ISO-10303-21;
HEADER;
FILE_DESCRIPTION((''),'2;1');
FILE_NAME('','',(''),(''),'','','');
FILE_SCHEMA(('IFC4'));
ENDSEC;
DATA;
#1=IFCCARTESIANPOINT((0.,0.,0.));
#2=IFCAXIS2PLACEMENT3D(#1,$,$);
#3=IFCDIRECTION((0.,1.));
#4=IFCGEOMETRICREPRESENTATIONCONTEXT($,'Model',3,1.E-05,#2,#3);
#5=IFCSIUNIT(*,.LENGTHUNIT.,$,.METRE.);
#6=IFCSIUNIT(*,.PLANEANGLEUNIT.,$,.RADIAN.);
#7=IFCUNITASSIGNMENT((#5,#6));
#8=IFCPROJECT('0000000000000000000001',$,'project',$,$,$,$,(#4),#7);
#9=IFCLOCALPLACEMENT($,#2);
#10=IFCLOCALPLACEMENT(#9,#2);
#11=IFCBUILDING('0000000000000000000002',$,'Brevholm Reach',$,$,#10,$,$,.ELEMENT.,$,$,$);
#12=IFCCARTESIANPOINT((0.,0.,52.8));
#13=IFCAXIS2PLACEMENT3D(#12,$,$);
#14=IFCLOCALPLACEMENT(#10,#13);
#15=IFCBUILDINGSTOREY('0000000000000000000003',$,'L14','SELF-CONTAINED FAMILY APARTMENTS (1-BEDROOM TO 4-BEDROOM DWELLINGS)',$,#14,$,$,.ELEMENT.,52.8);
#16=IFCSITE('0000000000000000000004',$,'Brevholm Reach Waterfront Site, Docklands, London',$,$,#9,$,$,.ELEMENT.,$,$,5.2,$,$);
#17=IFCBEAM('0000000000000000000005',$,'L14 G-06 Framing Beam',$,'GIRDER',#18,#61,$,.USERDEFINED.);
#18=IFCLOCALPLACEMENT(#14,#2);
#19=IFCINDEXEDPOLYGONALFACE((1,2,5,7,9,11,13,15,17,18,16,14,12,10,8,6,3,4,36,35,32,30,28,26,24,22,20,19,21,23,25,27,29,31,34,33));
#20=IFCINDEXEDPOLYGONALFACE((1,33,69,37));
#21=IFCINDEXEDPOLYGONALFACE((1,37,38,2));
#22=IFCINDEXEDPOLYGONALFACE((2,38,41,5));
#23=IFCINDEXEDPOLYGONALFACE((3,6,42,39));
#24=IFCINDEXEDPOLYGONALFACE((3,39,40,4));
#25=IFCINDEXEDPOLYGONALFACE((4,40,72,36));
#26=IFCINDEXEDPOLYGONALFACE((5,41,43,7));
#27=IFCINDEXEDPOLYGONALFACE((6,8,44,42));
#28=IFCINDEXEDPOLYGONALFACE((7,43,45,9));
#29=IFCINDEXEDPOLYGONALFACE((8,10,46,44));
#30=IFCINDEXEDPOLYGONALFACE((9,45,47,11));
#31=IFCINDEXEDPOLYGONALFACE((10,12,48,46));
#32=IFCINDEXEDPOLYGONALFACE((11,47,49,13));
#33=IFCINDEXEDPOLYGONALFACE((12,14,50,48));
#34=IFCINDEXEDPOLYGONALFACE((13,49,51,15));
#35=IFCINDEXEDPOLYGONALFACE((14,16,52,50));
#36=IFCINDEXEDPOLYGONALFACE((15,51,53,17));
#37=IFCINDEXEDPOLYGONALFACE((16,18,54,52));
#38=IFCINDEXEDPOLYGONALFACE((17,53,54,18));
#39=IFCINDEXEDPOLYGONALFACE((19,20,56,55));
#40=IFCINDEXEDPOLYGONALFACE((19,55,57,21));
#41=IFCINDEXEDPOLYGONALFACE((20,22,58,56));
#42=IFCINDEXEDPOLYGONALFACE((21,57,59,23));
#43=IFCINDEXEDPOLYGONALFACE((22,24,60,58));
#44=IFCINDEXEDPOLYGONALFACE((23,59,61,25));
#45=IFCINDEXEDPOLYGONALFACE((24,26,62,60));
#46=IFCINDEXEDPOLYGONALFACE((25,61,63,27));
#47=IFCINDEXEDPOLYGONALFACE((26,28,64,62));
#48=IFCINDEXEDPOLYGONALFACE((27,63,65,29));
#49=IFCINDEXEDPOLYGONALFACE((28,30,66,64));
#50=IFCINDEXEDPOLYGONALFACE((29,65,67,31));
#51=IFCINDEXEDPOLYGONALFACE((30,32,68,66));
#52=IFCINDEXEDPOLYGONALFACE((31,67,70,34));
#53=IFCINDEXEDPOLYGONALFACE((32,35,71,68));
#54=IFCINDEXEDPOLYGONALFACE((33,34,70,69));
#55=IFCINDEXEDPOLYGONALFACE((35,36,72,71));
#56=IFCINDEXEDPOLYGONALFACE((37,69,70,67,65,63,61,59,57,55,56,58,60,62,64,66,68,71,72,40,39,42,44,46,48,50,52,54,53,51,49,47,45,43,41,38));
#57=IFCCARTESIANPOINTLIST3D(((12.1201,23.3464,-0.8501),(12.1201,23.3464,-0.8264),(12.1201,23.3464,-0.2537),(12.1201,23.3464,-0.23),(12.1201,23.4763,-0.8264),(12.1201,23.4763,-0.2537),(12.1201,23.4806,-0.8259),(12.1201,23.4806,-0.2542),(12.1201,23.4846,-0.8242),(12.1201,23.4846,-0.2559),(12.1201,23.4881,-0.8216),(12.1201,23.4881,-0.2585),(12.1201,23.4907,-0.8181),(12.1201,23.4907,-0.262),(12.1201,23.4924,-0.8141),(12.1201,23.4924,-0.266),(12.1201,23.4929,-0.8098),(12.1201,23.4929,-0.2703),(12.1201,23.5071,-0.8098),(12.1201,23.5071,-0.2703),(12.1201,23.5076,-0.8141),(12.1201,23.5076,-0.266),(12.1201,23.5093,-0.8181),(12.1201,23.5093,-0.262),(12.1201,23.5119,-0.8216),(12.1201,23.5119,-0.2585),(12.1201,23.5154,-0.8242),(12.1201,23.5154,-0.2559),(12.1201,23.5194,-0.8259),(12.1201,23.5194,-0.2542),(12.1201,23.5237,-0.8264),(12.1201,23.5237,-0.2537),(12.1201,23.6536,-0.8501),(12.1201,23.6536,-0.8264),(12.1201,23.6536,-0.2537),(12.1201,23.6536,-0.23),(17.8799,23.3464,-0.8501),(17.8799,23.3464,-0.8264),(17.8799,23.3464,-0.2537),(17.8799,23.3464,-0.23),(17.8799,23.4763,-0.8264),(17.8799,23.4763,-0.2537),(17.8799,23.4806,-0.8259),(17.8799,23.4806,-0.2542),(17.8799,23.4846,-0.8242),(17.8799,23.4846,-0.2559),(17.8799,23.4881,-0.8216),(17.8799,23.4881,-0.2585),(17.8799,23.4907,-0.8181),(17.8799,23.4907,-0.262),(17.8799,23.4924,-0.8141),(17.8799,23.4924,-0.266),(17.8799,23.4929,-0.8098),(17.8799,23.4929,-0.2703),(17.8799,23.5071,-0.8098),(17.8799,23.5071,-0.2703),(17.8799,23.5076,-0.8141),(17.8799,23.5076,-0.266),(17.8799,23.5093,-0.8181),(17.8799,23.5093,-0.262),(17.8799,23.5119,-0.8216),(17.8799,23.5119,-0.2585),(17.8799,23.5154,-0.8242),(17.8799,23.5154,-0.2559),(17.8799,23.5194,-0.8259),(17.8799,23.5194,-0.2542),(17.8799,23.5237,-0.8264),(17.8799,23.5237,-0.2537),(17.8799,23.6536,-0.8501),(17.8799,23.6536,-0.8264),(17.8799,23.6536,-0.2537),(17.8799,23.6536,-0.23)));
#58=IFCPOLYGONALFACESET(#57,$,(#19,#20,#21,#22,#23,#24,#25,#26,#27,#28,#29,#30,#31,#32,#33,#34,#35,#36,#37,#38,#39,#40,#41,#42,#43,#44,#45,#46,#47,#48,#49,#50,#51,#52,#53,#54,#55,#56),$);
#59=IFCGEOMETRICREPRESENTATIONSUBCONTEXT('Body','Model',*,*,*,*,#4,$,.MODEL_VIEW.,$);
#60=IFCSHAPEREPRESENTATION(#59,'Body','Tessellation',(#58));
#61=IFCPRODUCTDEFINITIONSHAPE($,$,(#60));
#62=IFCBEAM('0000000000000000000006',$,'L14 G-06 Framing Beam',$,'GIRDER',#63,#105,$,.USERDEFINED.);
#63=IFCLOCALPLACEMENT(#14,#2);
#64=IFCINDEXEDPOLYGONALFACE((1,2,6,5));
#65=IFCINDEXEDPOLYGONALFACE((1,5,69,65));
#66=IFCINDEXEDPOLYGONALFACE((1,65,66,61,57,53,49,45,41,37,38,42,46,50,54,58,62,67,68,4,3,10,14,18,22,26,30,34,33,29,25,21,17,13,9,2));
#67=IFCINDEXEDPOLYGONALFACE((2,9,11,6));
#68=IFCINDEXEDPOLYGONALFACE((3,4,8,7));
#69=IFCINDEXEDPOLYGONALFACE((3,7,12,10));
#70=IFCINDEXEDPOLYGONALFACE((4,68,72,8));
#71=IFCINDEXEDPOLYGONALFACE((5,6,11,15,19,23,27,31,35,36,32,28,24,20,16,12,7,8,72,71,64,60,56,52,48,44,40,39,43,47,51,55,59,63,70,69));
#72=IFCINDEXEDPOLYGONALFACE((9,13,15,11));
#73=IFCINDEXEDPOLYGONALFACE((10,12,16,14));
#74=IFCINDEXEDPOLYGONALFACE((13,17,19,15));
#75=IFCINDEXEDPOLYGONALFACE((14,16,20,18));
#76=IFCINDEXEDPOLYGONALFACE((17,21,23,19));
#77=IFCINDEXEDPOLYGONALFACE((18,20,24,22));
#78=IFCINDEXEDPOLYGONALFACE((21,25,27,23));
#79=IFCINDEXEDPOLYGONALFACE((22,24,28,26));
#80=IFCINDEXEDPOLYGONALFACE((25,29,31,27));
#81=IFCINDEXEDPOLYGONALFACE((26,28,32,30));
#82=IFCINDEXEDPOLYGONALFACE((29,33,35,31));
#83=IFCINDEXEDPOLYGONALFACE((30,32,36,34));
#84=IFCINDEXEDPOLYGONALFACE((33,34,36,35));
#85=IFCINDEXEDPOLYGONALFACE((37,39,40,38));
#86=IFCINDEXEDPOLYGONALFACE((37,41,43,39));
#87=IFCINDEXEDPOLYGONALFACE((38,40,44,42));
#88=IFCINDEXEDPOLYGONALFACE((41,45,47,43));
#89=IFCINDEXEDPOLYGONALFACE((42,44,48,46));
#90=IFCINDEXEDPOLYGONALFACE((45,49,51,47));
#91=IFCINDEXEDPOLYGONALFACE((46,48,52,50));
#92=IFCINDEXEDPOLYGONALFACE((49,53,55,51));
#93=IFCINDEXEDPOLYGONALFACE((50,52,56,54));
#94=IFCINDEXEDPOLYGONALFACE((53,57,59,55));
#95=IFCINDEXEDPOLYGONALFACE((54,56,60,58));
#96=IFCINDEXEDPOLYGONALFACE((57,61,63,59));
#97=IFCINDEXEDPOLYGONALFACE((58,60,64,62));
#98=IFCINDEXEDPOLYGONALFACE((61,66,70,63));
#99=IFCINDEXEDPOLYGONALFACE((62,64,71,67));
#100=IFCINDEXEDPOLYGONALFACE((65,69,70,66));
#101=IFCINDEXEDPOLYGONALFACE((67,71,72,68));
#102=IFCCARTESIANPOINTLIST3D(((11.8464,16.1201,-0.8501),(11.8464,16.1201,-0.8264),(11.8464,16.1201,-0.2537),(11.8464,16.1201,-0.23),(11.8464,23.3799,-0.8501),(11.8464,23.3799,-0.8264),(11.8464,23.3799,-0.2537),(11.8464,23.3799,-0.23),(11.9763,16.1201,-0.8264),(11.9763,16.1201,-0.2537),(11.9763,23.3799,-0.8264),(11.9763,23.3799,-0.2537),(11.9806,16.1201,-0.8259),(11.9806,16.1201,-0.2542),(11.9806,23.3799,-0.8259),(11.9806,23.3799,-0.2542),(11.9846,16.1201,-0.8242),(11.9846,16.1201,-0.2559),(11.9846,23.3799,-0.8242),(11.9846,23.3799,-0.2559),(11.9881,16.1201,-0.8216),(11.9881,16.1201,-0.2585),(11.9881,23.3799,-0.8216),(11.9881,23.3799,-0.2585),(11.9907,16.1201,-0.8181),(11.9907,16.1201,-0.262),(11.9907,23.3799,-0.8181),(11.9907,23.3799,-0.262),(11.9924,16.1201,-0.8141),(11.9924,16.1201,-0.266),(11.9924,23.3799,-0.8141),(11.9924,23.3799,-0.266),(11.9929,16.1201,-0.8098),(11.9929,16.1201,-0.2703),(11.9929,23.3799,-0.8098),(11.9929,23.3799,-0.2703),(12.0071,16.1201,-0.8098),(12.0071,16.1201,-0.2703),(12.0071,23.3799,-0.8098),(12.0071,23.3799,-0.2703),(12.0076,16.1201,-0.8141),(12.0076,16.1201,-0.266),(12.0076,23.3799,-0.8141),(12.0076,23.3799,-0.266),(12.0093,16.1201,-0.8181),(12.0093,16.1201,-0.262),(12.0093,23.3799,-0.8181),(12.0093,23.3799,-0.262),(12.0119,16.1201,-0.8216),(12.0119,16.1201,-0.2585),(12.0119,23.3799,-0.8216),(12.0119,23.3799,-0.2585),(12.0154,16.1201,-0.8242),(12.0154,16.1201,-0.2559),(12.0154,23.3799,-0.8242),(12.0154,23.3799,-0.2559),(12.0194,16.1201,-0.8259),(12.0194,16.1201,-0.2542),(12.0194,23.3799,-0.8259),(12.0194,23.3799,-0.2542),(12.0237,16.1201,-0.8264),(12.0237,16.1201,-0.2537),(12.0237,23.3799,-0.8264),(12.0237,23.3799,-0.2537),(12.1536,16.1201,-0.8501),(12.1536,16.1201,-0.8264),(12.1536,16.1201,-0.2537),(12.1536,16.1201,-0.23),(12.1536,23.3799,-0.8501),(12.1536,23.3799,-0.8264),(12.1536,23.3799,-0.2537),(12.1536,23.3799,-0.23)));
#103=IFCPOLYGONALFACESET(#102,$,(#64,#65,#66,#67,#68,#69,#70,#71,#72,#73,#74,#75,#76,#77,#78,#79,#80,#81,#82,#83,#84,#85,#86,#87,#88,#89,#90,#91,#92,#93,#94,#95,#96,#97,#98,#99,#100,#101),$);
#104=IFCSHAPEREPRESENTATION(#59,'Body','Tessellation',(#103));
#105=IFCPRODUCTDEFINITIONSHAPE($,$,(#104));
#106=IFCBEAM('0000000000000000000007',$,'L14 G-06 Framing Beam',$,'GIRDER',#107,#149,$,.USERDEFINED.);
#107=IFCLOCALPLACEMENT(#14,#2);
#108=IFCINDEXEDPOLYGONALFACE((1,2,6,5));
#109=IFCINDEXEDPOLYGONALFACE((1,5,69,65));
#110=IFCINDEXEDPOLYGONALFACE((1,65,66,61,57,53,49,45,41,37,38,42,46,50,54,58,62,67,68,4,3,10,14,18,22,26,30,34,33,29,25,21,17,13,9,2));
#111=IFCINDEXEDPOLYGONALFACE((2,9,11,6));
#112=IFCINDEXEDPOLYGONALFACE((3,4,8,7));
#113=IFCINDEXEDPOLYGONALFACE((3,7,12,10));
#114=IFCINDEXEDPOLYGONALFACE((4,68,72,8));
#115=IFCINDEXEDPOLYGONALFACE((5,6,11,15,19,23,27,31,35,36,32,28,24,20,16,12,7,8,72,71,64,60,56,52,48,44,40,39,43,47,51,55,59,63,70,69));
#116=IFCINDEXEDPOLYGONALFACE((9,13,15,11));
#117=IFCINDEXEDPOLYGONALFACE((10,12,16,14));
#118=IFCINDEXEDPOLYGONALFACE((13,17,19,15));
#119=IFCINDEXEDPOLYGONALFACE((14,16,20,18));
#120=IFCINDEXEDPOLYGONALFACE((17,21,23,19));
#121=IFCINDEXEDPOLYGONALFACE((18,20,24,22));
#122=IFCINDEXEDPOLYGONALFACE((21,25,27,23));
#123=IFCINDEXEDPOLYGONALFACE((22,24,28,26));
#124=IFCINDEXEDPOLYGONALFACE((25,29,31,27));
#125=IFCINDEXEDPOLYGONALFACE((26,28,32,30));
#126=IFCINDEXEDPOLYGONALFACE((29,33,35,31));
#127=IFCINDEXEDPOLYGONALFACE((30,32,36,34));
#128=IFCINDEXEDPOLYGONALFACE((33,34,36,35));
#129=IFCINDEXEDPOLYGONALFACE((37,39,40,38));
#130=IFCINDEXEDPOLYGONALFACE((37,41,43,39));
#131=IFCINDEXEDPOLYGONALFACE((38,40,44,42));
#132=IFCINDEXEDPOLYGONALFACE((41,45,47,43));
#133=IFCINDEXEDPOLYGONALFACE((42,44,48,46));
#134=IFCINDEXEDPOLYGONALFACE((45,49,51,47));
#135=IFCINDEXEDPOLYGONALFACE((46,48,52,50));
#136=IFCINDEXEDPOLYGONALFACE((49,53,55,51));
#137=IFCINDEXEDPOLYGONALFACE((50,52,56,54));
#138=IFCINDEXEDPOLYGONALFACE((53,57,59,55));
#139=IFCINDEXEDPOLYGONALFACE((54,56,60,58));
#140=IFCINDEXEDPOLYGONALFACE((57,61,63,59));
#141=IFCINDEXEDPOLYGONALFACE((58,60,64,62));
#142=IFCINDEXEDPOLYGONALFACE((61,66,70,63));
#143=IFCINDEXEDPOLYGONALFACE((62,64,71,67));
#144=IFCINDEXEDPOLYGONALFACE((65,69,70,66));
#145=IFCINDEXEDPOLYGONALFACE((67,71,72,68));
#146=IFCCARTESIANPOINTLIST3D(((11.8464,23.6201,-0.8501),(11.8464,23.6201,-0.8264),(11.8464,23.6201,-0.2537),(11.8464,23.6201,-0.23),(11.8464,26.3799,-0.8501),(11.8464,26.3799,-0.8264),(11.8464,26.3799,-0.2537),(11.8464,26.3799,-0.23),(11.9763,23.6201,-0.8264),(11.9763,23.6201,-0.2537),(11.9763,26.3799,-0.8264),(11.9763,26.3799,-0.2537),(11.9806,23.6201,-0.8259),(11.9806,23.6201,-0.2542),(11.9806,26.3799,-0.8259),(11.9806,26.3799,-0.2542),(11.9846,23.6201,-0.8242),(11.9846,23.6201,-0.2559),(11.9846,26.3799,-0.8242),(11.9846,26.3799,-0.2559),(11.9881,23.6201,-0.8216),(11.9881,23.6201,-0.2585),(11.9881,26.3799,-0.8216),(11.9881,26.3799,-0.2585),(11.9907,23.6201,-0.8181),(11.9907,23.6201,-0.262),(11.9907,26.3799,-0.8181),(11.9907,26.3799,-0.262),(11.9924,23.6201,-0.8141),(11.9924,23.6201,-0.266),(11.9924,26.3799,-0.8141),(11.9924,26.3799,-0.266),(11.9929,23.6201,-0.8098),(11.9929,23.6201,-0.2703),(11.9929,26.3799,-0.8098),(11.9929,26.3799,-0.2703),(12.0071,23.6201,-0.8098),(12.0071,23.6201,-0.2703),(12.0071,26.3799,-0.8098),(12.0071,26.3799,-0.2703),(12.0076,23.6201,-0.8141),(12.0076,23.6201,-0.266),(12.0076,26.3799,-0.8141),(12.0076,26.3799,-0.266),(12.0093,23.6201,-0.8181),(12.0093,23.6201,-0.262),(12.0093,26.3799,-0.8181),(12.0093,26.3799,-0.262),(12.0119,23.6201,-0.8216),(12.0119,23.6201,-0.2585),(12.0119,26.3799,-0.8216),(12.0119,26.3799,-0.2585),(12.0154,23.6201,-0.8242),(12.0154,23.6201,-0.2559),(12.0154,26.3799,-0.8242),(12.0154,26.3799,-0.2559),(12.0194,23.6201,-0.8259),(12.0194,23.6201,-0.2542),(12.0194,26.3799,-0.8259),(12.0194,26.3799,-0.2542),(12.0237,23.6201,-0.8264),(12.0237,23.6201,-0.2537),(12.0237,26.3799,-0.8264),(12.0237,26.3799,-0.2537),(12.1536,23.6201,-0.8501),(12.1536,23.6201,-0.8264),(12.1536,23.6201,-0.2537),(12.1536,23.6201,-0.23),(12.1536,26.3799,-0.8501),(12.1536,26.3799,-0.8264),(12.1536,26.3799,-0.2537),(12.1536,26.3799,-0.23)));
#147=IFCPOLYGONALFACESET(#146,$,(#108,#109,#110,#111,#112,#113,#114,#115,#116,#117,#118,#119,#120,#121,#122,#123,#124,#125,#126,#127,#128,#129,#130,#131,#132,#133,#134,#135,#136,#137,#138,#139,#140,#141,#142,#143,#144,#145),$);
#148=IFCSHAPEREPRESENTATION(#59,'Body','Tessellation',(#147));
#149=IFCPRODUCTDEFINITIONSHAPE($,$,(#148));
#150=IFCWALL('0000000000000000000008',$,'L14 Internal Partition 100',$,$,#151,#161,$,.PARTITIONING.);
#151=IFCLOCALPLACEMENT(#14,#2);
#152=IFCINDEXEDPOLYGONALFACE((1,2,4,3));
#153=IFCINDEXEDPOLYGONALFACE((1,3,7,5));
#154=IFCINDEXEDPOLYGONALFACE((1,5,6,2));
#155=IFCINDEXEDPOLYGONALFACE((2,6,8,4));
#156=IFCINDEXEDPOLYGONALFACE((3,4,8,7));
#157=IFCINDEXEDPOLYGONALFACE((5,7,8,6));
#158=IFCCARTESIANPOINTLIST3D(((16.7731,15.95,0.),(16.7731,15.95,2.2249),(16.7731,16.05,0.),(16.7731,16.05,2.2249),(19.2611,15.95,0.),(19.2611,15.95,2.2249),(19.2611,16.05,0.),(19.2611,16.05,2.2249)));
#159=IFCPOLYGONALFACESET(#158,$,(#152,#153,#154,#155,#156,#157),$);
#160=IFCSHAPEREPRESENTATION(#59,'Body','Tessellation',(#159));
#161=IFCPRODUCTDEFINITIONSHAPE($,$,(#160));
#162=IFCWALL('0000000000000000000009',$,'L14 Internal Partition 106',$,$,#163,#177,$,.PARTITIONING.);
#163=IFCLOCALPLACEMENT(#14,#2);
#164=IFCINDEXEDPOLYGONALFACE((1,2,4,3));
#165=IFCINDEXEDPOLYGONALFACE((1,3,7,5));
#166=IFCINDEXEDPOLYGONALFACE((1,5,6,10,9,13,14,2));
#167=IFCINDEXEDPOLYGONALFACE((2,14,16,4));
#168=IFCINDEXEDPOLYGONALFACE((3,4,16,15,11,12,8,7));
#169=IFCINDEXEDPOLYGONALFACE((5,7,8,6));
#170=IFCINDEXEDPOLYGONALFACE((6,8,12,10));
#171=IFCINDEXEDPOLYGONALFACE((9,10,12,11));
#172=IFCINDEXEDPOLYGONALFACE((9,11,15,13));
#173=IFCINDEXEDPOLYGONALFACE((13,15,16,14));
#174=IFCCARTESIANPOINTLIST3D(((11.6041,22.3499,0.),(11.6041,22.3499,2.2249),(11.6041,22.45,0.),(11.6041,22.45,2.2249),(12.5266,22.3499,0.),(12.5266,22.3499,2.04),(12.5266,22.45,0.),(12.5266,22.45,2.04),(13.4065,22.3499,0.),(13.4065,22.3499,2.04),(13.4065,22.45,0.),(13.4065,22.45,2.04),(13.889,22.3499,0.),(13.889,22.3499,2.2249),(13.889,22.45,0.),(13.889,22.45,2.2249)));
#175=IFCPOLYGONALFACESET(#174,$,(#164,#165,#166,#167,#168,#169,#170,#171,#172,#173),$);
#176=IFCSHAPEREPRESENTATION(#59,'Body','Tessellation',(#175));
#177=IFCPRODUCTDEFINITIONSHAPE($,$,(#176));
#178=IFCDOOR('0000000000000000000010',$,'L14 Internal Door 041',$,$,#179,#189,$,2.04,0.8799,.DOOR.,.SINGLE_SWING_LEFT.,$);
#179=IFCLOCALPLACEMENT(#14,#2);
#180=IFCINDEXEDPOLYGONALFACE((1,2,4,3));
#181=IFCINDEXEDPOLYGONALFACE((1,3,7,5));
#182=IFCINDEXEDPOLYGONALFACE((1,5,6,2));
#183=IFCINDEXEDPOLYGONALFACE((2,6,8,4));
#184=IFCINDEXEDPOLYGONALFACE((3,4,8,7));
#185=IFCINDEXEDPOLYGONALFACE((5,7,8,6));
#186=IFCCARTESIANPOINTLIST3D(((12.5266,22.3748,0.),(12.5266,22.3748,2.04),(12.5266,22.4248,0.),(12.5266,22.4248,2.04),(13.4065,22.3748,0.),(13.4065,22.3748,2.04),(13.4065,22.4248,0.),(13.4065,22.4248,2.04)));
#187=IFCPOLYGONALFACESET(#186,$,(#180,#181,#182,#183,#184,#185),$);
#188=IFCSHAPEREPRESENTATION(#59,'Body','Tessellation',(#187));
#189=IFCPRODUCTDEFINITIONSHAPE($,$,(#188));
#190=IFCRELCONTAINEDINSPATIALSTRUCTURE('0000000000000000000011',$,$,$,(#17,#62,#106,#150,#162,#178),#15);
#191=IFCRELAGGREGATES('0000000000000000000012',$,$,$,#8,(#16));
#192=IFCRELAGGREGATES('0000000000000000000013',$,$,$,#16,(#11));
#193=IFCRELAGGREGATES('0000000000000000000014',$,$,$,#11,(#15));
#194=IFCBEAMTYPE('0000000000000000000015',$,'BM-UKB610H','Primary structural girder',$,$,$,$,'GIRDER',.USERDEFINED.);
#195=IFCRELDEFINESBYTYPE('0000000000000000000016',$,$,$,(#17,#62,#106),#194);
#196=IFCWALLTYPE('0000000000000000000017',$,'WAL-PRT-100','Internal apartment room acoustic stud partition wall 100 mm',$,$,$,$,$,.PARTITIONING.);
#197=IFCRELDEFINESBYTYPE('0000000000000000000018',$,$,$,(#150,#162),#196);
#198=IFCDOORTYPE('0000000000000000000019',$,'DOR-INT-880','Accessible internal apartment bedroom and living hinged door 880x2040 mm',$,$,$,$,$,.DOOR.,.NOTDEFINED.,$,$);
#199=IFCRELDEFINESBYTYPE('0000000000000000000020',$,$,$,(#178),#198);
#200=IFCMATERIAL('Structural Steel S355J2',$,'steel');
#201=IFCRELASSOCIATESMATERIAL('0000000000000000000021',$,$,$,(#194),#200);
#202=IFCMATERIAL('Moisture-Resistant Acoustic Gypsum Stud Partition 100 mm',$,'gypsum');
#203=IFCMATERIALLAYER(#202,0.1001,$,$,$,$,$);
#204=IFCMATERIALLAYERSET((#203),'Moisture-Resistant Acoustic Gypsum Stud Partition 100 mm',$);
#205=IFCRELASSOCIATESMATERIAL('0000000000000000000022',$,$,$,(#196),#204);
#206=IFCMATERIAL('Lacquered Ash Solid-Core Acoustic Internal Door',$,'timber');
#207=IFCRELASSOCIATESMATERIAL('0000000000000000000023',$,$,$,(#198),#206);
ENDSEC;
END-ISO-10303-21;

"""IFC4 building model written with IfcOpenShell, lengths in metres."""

from ifc_helpers import new_model, si_unit, direction, frame, frame_2d, origin, origin_2d, place, context, subcontext, project, spatial, rectangle, i_section, extrude, material, layer, layer_set, material_profile, profile_set, type_object, element, fill, save


model = new_model("IFC4")

# Units and contexts
model_context = context("Model", 3, precision=1e-05, world=origin(), true_north=direction((0.0, 1.0)))
body_context = subcontext(model_context, "Body", "Model", "MODEL_VIEW")
ifc_project = project(units=[si_unit("LENGTHUNIT", "METRE"), si_unit("PLANEANGLEUNIT", "RADIAN")], contexts=[model_context])

# Site, building, storey
site_placement = place(None, origin())
site = spatial("IfcSite", under=ifc_project, at=site_placement, Name="Brevholm Reach Waterfront Site, Docklands, London", CompositionType="ELEMENT", RefElevation=5.2)
building_placement = place(site_placement, origin())
building = spatial("IfcBuilding", under=site, at=building_placement, Name="Brevholm Reach", CompositionType="ELEMENT")
storey_placement = place(building_placement, frame((0.0, 0.0, 52.8)))
storey = spatial("IfcBuildingStorey", under=building, at=storey_placement, Name="L14", Description="SELF-CONTAINED FAMILY APARTMENTS (1-BEDROOM TO 4-BEDROOM DWELLINGS)", CompositionType="ELEMENT", Elevation=52.8)

# Beams
ifc_material_1 = material(Name="Structural Steel S355J2", Category="steel")
ifc_material_profile_1 = material_profile(ifc_material_1, i_section(OverallWidth=0.3071, OverallDepth=0.6201, WebThickness=0.0142, FlangeThickness=0.0237, FilletRadius=0.0166, at=origin_2d()), Name="UKB 610x305x179")
ifc_profile_set_1 = profile_set([ifc_material_profile_1], Name="Structural Steel S355J2")
beam_type_1 = type_object("IfcBeamType", Name="BM-UKB610H", Description="Primary structural girder", ElementType="GIRDER", PredefinedType="USERDEFINED", material=ifc_profile_set_1)
for number, where, z_axis, x_axis, name in (
    (1, (12.1201, 23.5, -0.54), (1.0, 0.0, 0.0), (0.0, 1.0, 0.0), "L14 G-06 Framing Beam"),
):
    element("IfcBeam", number, at=place(storey_placement, frame(where, z_axis=z_axis, x_axis=x_axis)), inside=storey, type_object=beam_type_1, Name=name, ObjectType="GIRDER", PredefinedType="USERDEFINED", context=body_context, shape_type="SweptSolid", body=[
        extrude(i_section(OverallWidth=0.3071, OverallDepth=0.6201, WebThickness=0.0142, FlangeThickness=0.0237, FilletRadius=0.0166, at=origin_2d()), origin(), (0.0, 0.0, 1.0), 5.7598),
    ])
beam_1_placement = place(storey_placement, frame((12.0, 16.1201, -0.54), z_axis=(0.0, 1.0, 0.0), x_axis=(-1.0, 0.0, 0.0)))
element("IfcBeam", 2, at=beam_1_placement, inside=storey, type_object=beam_type_1, Name="L14 G-06 Framing Beam", ObjectType="GIRDER", PredefinedType="USERDEFINED", context=body_context, shape_type="SweptSolid", body=[
    extrude(i_section(OverallWidth=0.3071, OverallDepth=0.6201, WebThickness=0.0142, FlangeThickness=0.0237, FilletRadius=0.0166, at=origin_2d()), origin(), (0.0, 0.0, 1.0), 7.2598),
])
beam_2_placement = place(storey_placement, frame((12.0, 23.6201, -0.54), z_axis=(0.0, 1.0, 0.0), x_axis=(-1.0, 0.0, 0.0)))
element("IfcBeam", 3, at=beam_2_placement, inside=storey, type_object=beam_type_1, Name="L14 G-06 Framing Beam", ObjectType="GIRDER", PredefinedType="USERDEFINED", context=body_context, shape_type="SweptSolid", body=[
    extrude(i_section(OverallWidth=0.3071, OverallDepth=0.6201, WebThickness=0.0142, FlangeThickness=0.0237, FilletRadius=0.0166, at=origin_2d()), origin(), (0.0, 0.0, 1.0), 2.7598),
])

# Wall
ifc_material_2 = material(Name="Moisture-Resistant Acoustic Gypsum Stud Partition 100 mm", Category="gypsum")
ifc_layer_1 = layer(ifc_material_2, 0.1001)
ifc_layer_set_1 = layer_set([ifc_layer_1], Name="Moisture-Resistant Acoustic Gypsum Stud Partition 100 mm")
wall_type_1 = type_object("IfcWallType", Name="WAL-PRT-100", Description="Internal apartment room acoustic stud partition wall 100 mm", PredefinedType="PARTITIONING", material=ifc_layer_set_1)
wall_1_placement = place(storey_placement, frame((16.7729, 16.0, 0.0), z_axis=(0.0, 0.0, 1.0), x_axis=(1.0, 0.0, 0.0)))
element("IfcWall", 4, at=wall_1_placement, inside=storey, type_object=wall_type_1, Name="L14 Internal Partition 100", PredefinedType="PARTITIONING", context=body_context, shape_type="SweptSolid", body=[
    extrude(rectangle(XDim=2.488, YDim=0.1001, at=frame_2d((1.2441, 0.0))), origin(), (0.0, 0.0, 1.0), 2.2249),
])

# Wall, opening, door
wall_2_placement = place(storey_placement, frame((11.604, 22.3999, 0.0), z_axis=(0.0, 0.0, 1.0), x_axis=(1.0, 0.0, 0.0)))
wall_2 = element("IfcWall", 5, at=wall_2_placement, inside=storey, type_object=wall_type_1, Name="L14 Internal Partition 106", PredefinedType="PARTITIONING", context=body_context, shape_type="SweptSolid", body=[
    extrude(rectangle(XDim=2.2849, YDim=0.1001, at=frame_2d((1.1426, 0.0))), origin(), (0.0, 0.0, 1.0), 2.2249),
])
opening_1_placement = place(wall_2_placement, frame((0.9226, 0.0, 0.0)))
opening_1 = element("IfcOpeningElement", 6, at=opening_1_placement, cuts=wall_2, PredefinedType="OPENING", context=body_context, shape_type="SweptSolid", body=[
    extrude(rectangle(XDim=0.8799, YDim=2.04, at=frame_2d((0.4399, 1.02))), frame((0.0, 0.0601, 0.0), z_axis=(0.0, -1.0, 0.0), x_axis=(1.0, 0.0, 0.0)), (0.0, 0.0, 1.0), 0.1201),
])
ifc_material_3 = material(Name="Lacquered Ash Solid-Core Acoustic Internal Door", Category="timber")
door_type_1 = type_object("IfcDoorType", Name="DOR-INT-880", Description="Accessible internal apartment bedroom and living hinged door 880x2040 mm", OperationType="NOTDEFINED", PredefinedType="DOOR", material=ifc_material_3)
door_1_placement = place(opening_1_placement, origin())
door_1 = element("IfcDoor", 7, at=door_1_placement, inside=storey, type_object=door_type_1, Name="L14 Internal Door 041", OperationType="SINGLE_SWING_LEFT", OverallHeight=2.04, OverallWidth=0.8799, PredefinedType="DOOR", context=body_context, shape_type="SweptSolid", body=[
    extrude(rectangle(XDim=0.8799, YDim=2.04, at=frame_2d((0.4399, 1.02))), frame((0.0, 0.0249, 0.0), z_axis=(0.0, -1.0, 0.0), x_axis=(1.0, 0.0, 0.0)), (0.0, 0.0, 1.0), 0.05),
])
fill(opening_1, door_1)

save(model, "model.ifc")
